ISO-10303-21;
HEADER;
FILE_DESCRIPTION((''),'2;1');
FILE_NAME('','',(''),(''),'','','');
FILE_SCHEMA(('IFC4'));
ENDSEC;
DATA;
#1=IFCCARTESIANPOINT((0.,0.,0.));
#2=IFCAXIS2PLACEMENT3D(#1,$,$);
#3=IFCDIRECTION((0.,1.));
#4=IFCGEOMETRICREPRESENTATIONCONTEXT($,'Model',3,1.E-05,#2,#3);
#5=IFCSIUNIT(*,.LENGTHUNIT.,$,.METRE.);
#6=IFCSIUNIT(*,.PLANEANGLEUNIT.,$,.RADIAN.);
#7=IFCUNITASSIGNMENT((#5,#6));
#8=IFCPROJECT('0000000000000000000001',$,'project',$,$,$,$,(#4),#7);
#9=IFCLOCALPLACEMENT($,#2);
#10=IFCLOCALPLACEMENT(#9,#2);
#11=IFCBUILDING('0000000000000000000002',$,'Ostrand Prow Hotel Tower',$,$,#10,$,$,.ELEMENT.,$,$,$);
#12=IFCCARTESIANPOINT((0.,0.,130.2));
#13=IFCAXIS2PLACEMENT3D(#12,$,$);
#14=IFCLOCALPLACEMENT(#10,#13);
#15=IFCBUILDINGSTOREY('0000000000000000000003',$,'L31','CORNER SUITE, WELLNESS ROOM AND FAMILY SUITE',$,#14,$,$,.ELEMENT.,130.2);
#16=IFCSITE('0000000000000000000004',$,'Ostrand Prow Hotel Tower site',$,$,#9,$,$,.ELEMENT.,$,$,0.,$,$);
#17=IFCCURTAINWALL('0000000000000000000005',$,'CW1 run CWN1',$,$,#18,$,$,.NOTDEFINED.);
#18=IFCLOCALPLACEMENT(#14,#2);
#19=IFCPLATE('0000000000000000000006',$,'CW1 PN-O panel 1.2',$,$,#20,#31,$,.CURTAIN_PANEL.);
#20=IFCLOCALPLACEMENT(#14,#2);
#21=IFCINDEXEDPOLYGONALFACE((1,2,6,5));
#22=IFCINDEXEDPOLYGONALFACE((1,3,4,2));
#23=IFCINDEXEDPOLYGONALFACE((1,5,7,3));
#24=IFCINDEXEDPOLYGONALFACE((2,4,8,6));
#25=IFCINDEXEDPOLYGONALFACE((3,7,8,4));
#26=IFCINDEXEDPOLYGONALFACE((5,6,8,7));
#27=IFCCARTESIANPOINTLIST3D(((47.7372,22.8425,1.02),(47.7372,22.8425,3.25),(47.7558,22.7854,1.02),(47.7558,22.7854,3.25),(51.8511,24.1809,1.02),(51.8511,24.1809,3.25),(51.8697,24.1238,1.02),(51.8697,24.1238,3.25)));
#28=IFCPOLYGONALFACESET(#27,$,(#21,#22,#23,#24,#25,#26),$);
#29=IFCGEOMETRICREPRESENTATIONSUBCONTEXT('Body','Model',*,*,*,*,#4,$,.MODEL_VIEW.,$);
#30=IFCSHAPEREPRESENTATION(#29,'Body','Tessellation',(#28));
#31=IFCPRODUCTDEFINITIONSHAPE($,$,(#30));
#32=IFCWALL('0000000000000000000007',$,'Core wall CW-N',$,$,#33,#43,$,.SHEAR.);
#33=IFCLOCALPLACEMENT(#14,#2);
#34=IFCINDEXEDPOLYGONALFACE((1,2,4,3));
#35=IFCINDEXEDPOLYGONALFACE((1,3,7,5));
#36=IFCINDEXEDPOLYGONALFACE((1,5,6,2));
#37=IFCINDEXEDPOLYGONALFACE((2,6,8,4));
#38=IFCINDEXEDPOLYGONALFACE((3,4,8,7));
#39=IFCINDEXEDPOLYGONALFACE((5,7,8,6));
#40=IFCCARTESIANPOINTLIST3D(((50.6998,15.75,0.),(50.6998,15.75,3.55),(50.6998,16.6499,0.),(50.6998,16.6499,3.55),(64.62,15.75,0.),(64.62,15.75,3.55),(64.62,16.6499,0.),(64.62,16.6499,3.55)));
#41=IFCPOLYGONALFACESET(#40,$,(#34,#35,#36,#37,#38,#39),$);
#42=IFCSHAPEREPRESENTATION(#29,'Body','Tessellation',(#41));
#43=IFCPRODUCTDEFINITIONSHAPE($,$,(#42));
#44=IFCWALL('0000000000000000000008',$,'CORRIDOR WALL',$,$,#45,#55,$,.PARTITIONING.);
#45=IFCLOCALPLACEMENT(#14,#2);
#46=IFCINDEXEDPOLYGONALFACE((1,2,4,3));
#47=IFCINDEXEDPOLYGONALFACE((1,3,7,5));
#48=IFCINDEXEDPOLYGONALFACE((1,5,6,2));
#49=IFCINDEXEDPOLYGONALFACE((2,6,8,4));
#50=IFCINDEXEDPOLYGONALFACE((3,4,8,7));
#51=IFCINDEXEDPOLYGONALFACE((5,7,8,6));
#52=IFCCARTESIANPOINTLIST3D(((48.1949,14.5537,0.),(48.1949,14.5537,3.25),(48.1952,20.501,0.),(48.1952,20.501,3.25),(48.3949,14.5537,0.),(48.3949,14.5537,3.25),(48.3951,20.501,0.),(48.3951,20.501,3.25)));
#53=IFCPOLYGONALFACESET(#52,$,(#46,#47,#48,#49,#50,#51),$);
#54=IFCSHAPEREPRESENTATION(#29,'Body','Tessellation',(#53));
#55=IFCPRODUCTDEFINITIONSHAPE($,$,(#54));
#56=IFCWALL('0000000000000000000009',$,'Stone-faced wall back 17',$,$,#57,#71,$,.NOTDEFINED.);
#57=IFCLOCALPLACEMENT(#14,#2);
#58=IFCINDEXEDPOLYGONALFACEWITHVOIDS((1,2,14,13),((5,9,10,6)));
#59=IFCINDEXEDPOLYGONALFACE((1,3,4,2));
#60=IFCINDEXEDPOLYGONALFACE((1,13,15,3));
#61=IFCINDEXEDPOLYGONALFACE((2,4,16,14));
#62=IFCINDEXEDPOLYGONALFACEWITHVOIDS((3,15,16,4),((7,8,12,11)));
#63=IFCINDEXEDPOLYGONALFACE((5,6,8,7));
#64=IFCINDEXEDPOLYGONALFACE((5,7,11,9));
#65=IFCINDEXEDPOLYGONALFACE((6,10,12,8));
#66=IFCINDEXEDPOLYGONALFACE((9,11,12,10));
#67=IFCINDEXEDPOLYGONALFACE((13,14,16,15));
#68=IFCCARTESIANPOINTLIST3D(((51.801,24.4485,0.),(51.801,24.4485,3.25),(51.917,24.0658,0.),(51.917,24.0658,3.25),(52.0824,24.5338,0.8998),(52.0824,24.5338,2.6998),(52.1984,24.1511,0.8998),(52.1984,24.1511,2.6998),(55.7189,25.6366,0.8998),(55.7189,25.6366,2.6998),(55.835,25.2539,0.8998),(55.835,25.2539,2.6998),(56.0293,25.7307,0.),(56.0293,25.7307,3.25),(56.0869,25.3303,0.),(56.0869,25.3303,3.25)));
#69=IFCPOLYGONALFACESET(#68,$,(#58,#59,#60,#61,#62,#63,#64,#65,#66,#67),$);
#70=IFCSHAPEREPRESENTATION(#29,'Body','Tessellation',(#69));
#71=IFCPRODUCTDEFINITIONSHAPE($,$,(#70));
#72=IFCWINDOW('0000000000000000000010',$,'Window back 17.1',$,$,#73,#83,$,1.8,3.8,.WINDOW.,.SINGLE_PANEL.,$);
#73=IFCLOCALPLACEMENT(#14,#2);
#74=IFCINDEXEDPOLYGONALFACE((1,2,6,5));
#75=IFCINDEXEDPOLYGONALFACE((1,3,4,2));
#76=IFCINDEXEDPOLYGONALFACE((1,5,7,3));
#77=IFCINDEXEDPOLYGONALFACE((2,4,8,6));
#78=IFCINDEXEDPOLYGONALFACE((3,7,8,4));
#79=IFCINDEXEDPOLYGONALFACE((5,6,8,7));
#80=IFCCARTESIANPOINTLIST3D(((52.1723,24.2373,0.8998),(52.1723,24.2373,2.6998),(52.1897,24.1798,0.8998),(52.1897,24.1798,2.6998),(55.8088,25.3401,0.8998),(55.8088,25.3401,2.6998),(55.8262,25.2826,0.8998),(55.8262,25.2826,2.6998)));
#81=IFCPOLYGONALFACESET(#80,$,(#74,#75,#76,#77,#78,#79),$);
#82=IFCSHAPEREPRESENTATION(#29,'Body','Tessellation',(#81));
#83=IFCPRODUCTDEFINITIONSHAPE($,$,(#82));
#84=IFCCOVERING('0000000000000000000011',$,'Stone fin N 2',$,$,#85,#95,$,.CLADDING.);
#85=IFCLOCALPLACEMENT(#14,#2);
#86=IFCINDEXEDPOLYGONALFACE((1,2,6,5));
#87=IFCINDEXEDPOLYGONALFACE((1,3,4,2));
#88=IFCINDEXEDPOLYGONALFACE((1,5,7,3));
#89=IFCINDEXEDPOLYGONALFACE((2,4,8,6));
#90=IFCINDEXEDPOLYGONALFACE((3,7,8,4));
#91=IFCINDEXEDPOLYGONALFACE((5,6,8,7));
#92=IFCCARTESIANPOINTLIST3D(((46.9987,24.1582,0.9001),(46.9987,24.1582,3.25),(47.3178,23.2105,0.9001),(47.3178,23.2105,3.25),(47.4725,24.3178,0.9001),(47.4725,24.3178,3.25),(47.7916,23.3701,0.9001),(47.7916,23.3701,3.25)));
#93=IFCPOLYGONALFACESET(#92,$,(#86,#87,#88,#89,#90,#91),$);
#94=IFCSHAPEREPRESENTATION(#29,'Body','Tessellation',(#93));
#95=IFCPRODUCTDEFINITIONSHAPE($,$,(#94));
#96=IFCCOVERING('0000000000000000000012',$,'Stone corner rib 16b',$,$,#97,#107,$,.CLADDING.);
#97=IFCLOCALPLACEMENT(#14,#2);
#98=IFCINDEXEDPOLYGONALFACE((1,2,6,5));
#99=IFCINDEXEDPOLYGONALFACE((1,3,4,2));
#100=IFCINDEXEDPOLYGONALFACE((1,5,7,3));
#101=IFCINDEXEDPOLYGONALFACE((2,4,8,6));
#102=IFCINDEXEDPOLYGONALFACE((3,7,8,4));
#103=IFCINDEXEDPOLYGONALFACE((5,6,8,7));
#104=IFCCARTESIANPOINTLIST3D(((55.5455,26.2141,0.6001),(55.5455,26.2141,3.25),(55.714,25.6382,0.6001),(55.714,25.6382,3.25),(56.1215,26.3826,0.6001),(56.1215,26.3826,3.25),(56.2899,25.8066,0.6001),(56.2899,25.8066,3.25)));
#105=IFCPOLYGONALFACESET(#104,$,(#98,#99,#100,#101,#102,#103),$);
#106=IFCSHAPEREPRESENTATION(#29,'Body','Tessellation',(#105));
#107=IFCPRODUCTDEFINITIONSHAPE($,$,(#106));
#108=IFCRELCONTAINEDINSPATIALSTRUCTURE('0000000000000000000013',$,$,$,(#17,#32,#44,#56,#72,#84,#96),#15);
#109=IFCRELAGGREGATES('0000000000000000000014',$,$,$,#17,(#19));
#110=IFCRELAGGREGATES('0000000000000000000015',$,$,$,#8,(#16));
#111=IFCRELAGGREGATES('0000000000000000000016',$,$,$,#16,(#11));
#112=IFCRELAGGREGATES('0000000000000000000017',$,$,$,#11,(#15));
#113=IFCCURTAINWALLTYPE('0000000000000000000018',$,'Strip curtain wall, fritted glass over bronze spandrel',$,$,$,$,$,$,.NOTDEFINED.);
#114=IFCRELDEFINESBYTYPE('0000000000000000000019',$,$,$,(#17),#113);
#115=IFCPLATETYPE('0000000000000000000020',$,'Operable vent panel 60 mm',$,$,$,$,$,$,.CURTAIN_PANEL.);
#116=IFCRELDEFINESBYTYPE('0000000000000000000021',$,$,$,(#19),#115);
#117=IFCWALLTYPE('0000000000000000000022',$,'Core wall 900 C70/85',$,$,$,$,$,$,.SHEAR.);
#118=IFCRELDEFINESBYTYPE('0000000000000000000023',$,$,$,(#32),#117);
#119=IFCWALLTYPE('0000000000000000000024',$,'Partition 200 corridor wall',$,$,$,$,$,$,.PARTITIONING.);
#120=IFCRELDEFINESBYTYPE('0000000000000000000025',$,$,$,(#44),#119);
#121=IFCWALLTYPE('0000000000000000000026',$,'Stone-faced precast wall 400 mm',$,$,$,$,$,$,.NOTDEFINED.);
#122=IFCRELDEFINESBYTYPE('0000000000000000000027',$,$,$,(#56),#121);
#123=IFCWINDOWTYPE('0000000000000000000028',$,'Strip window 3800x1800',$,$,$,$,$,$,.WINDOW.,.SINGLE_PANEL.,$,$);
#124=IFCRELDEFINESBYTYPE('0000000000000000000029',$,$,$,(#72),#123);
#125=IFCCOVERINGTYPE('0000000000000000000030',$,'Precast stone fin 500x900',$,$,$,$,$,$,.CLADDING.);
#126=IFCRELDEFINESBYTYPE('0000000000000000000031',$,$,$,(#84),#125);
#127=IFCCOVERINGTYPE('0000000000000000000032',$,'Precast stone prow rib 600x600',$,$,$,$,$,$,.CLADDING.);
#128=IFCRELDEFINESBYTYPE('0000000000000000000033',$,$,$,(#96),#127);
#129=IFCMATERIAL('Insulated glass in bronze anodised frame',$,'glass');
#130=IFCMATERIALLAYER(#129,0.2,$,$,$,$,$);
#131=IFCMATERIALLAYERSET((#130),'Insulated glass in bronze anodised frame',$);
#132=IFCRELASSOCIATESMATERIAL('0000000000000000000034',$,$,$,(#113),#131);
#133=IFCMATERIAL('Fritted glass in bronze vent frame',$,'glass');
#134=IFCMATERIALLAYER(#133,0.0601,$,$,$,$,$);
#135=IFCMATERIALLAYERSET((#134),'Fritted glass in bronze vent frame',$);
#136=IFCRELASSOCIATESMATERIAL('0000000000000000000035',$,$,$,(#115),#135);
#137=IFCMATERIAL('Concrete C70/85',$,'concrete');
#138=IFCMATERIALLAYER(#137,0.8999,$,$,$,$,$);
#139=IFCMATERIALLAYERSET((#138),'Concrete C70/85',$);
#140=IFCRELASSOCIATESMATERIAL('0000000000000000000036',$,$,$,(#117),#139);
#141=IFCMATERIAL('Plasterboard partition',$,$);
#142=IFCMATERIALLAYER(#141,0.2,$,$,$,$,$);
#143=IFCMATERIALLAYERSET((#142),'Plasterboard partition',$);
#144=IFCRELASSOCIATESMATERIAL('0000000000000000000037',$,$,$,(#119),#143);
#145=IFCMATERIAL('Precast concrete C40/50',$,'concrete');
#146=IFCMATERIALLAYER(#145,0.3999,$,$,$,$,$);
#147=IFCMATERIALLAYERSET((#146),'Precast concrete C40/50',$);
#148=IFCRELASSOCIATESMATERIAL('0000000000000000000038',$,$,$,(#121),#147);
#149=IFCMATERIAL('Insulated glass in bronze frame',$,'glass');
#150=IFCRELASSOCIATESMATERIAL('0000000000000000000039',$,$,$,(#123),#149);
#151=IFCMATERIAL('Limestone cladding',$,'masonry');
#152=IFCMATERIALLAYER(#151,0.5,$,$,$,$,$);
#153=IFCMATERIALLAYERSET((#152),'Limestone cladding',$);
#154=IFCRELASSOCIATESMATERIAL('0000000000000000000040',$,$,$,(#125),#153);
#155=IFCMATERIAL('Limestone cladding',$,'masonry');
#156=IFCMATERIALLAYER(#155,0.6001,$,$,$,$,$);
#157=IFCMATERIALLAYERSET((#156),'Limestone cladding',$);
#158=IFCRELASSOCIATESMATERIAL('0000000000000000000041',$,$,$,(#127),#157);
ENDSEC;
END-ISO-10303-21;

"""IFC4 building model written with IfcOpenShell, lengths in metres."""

from ifc_helpers import new_model, si_unit, direction, frame, frame_2d, origin, origin_2d, place, context, subcontext, project, spatial, polyline, rectangle, outline, extrude, material, layer, layer_set, type_object, element, fill, aggregate, save


model = new_model("IFC4")

# Units and contexts
model_context = context("Model", 3, precision=1e-05, world=origin(), true_north=direction((0.0, 1.0)))
body_context = subcontext(model_context, "Body", "Model", "MODEL_VIEW")
ifc_project = project(units=[si_unit("LENGTHUNIT", "METRE"), si_unit("PLANEANGLEUNIT", "RADIAN")], contexts=[model_context])

# Site, building, storey
site_placement = place(None, origin())
site = spatial("IfcSite", under=ifc_project, at=site_placement, Name="Ostrand Prow Hotel Tower site", CompositionType="ELEMENT", RefElevation=0.0)
building_placement = place(site_placement, origin())
building = spatial("IfcBuilding", under=site, at=building_placement, Name="Ostrand Prow Hotel Tower", CompositionType="ELEMENT")
storey_placement = place(building_placement, frame((0.0, 0.0, 130.2)))
storey = spatial("IfcBuildingStorey", under=building, at=storey_placement, Name="L31", Description="CORNER SUITE, WELLNESS ROOM AND FAMILY SUITE", CompositionType="ELEMENT", Elevation=130.2)

# Curtain wall
ifc_material_1 = material(Name="Insulated glass in bronze anodised frame", Category="glass")
ifc_layer_1 = layer(ifc_material_1, 0.2)
ifc_layer_set_1 = layer_set([ifc_layer_1], Name="Insulated glass in bronze anodised frame")
curtain_wall_type = type_object("IfcCurtainWallType", Name="Strip curtain wall, fritted glass over bronze spandrel", PredefinedType="NOTDEFINED", material=ifc_layer_set_1)
curtain_wall_1_placement = place(storey_placement, origin())
curtain_wall_1 = element("IfcCurtainWall", 1, at=curtain_wall_1_placement, inside=storey, type_object=curtain_wall_type, Name="CW1 run CWN1", PredefinedType="NOTDEFINED")

# Plate
ifc_material_2 = material(Name="Fritted glass in bronze vent frame", Category="glass")
ifc_layer_2 = layer(ifc_material_2, 0.0601)
ifc_layer_set_2 = layer_set([ifc_layer_2], Name="Fritted glass in bronze vent frame")
plate_type_1 = type_object("IfcPlateType", Name="Operable vent panel 60 mm", PredefinedType="CURTAIN_PANEL", material=ifc_layer_set_2)
plate_1_placement = place(storey_placement, frame((49.8035, 23.4832, 1.02), z_axis=(0.0, 0.0, 1.0), x_axis=(-0.950938, -0.30938, 0.0)))
plate_1 = element("IfcPlate", 2, at=plate_1_placement, type_object=plate_type_1, Name="CW1 PN-O panel 1.2", PredefinedType="CURTAIN_PANEL", context=body_context, shape_type="SweptSolid", body=[
    extrude(rectangle(XDim=4.3262, YDim=0.0601, at=origin_2d()), origin(), (0.0, 0.0, 1.0), 2.23),
])
aggregate(curtain_wall_1, [plate_1])

# Walls
ifc_material_3 = material(Name="Concrete C70/85", Category="concrete")
ifc_layer_3 = layer(ifc_material_3, 0.8999)
ifc_layer_set_3 = layer_set([ifc_layer_3], Name="Concrete C70/85")
wall_type_1 = type_object("IfcWallType", Name="Core wall 900 C70/85", PredefinedType="SHEAR", material=ifc_layer_set_3)
wall_1_placement = place(storey_placement, frame((50.7, 16.2, 0.0), z_axis=(0.0, 0.0, 1.0), x_axis=(1.0, 0.0, 0.0)))
element("IfcWall", 3, at=wall_1_placement, inside=storey, type_object=wall_type_1, Name="Core wall CW-N", PredefinedType="SHEAR", context=body_context, shape_type="SweptSolid", body=[
    extrude(rectangle(XDim=13.9202, YDim=0.8999, at=frame_2d((6.96, 0.0))), origin(), (0.0, 0.0, 1.0), 3.55),
])
ifc_material_4 = material(Name="Plasterboard partition")
ifc_layer_4 = layer(ifc_material_4, 0.2)
ifc_layer_set_4 = layer_set([ifc_layer_4], Name="Plasterboard partition")
wall_type_2 = type_object("IfcWallType", Name="Partition 200 corridor wall", PredefinedType="PARTITIONING", material=ifc_layer_set_4)
wall_2_placement = place(storey_placement, frame((48.2952, 20.501, 0.0), z_axis=(0.0, 0.0, 1.0), x_axis=(-0.000041, -1.0, 0.0)))
element("IfcWall", 4, at=wall_2_placement, inside=storey, type_object=wall_type_2, Name="CORRIDOR WALL", PredefinedType="PARTITIONING", context=body_context, shape_type="SweptSolid", body=[
    extrude(rectangle(XDim=5.9473, YDim=0.2, at=frame_2d((2.9736, 0.0))), origin(), (0.0, 0.0, 1.0), 3.25),
])

# Wall, opening, window
ifc_material_5 = material(Name="Precast concrete C40/50", Category="concrete")
ifc_layer_5 = layer(ifc_material_5, 0.3999)
ifc_layer_set_5 = layer_set([ifc_layer_5], Name="Precast concrete C40/50")
wall_type_3 = type_object("IfcWallType", Name="Stone-faced precast wall 400 mm", PredefinedType="NOTDEFINED", material=ifc_layer_set_5)
wall_3_placement = place(storey_placement, frame((56.0581, 25.5305, 0.0), z_axis=(0.0, 0.0, 1.0), x_axis=(-0.956964, -0.290205, 0.0)))
wall_3 = element("IfcWall", 5, at=wall_3_placement, inside=storey, type_object=wall_type_3, Name="Stone-faced wall back 17", PredefinedType="NOTDEFINED", context=body_context, shape_type="SweptSolid", body=[
    extrude(outline(polyline([(-0.0305, -0.2), (4.3879, -0.2), (4.3879, 0.2), (0.0305, 0.2), (-0.0305, -0.2)])), origin(), (0.0, 0.0, 1.0), 3.25),
])
opening_placement = place(wall_3_placement, frame((0.2939, 0.0, 0.8999)))
opening = element("IfcOpeningElement", 6, at=opening_placement, cuts=wall_3, PredefinedType="OPENING", context=body_context, shape_type="SweptSolid", body=[
    extrude(rectangle(XDim=3.8, YDim=1.8, at=frame_2d((1.8999, 0.8999))), frame((0.0, 0.21, 0.0), z_axis=(0.0, -1.0, 0.0), x_axis=(1.0, 0.0, 0.0)), (0.0, 0.0, 1.0), 0.4199),
])
ifc_material_6 = material(Name="Insulated glass in bronze frame", Category="glass")
window_type = type_object("IfcWindowType", Name="Strip window 3800x1800", PartitioningType="SINGLE_PANEL", PredefinedType="WINDOW", material=ifc_material_6)
window_placement = place(opening_placement, origin())
window = element("IfcWindow", 7, at=window_placement, inside=storey, type_object=window_type, Name="Window back 17.1", OverallHeight=1.8, OverallWidth=3.8, PartitioningType="SINGLE_PANEL", PredefinedType="WINDOW", context=body_context, shape_type="SweptSolid", body=[
    extrude(rectangle(XDim=3.8, YDim=1.8, at=frame_2d((1.8999, 0.8999))), frame((0.0, 0.1699, 0.0), z_axis=(0.0, -1.0, 0.0), x_axis=(1.0, 0.0, 0.0)), (0.0, 0.0, 1.0), 0.0601),
])
fill(opening, window)

# Coverings
ifc_material_7 = material(Name="Limestone cladding", Category="masonry")
ifc_layer_6 = layer(ifc_material_7, 0.5)
ifc_layer_set_6 = layer_set([ifc_layer_6], Name="Limestone cladding")
covering_type_1 = type_object("IfcCoveringType", Name="Precast stone fin 500x900", PredefinedType="CLADDING", material=ifc_layer_set_6)
covering_1_placement = place(storey_placement, frame((47.5547, 23.2903, 0.9001), z_axis=(0.0, 0.0, 1.0), x_axis=(-0.319083, 0.947727, 0.0)))
element("IfcCovering", 8, at=covering_1_placement, inside=storey, type_object=covering_type_1, Name="Stone fin N 2", PredefinedType="CLADDING", context=body_context, shape_type="SweptSolid", body=[
    extrude(rectangle(XDim=1.0, YDim=0.5, at=frame_2d((0.5, 0.0))), origin(), (0.0, 0.0, 1.0), 2.3499),
])
ifc_material_8 = material(Name="Limestone cladding", Category="masonry")
ifc_layer_7 = layer(ifc_material_8, 0.6001)
ifc_layer_set_7 = layer_set([ifc_layer_7], Name="Limestone cladding")
covering_type_2 = type_object("IfcCoveringType", Name="Precast stone prow rib 600x600", PredefinedType="CLADDING", material=ifc_layer_set_7)
covering_2_placement = place(storey_placement, frame((56.002, 25.7224, 0.6001), z_axis=(0.0, 0.0, 1.0), x_axis=(-0.280734, 0.959786, 0.0)))
element("IfcCovering", 9, at=covering_2_placement, inside=storey, type_object=covering_type_2, Name="Stone corner rib 16b", PredefinedType="CLADDING", context=body_context, shape_type="SweptSolid", body=[
    extrude(rectangle(XDim=0.6001, YDim=0.6001, at=frame_2d((0.3, 0.0))), origin(), (0.0, 0.0, 1.0), 2.6499),
])

save(model, "model.ifc")
